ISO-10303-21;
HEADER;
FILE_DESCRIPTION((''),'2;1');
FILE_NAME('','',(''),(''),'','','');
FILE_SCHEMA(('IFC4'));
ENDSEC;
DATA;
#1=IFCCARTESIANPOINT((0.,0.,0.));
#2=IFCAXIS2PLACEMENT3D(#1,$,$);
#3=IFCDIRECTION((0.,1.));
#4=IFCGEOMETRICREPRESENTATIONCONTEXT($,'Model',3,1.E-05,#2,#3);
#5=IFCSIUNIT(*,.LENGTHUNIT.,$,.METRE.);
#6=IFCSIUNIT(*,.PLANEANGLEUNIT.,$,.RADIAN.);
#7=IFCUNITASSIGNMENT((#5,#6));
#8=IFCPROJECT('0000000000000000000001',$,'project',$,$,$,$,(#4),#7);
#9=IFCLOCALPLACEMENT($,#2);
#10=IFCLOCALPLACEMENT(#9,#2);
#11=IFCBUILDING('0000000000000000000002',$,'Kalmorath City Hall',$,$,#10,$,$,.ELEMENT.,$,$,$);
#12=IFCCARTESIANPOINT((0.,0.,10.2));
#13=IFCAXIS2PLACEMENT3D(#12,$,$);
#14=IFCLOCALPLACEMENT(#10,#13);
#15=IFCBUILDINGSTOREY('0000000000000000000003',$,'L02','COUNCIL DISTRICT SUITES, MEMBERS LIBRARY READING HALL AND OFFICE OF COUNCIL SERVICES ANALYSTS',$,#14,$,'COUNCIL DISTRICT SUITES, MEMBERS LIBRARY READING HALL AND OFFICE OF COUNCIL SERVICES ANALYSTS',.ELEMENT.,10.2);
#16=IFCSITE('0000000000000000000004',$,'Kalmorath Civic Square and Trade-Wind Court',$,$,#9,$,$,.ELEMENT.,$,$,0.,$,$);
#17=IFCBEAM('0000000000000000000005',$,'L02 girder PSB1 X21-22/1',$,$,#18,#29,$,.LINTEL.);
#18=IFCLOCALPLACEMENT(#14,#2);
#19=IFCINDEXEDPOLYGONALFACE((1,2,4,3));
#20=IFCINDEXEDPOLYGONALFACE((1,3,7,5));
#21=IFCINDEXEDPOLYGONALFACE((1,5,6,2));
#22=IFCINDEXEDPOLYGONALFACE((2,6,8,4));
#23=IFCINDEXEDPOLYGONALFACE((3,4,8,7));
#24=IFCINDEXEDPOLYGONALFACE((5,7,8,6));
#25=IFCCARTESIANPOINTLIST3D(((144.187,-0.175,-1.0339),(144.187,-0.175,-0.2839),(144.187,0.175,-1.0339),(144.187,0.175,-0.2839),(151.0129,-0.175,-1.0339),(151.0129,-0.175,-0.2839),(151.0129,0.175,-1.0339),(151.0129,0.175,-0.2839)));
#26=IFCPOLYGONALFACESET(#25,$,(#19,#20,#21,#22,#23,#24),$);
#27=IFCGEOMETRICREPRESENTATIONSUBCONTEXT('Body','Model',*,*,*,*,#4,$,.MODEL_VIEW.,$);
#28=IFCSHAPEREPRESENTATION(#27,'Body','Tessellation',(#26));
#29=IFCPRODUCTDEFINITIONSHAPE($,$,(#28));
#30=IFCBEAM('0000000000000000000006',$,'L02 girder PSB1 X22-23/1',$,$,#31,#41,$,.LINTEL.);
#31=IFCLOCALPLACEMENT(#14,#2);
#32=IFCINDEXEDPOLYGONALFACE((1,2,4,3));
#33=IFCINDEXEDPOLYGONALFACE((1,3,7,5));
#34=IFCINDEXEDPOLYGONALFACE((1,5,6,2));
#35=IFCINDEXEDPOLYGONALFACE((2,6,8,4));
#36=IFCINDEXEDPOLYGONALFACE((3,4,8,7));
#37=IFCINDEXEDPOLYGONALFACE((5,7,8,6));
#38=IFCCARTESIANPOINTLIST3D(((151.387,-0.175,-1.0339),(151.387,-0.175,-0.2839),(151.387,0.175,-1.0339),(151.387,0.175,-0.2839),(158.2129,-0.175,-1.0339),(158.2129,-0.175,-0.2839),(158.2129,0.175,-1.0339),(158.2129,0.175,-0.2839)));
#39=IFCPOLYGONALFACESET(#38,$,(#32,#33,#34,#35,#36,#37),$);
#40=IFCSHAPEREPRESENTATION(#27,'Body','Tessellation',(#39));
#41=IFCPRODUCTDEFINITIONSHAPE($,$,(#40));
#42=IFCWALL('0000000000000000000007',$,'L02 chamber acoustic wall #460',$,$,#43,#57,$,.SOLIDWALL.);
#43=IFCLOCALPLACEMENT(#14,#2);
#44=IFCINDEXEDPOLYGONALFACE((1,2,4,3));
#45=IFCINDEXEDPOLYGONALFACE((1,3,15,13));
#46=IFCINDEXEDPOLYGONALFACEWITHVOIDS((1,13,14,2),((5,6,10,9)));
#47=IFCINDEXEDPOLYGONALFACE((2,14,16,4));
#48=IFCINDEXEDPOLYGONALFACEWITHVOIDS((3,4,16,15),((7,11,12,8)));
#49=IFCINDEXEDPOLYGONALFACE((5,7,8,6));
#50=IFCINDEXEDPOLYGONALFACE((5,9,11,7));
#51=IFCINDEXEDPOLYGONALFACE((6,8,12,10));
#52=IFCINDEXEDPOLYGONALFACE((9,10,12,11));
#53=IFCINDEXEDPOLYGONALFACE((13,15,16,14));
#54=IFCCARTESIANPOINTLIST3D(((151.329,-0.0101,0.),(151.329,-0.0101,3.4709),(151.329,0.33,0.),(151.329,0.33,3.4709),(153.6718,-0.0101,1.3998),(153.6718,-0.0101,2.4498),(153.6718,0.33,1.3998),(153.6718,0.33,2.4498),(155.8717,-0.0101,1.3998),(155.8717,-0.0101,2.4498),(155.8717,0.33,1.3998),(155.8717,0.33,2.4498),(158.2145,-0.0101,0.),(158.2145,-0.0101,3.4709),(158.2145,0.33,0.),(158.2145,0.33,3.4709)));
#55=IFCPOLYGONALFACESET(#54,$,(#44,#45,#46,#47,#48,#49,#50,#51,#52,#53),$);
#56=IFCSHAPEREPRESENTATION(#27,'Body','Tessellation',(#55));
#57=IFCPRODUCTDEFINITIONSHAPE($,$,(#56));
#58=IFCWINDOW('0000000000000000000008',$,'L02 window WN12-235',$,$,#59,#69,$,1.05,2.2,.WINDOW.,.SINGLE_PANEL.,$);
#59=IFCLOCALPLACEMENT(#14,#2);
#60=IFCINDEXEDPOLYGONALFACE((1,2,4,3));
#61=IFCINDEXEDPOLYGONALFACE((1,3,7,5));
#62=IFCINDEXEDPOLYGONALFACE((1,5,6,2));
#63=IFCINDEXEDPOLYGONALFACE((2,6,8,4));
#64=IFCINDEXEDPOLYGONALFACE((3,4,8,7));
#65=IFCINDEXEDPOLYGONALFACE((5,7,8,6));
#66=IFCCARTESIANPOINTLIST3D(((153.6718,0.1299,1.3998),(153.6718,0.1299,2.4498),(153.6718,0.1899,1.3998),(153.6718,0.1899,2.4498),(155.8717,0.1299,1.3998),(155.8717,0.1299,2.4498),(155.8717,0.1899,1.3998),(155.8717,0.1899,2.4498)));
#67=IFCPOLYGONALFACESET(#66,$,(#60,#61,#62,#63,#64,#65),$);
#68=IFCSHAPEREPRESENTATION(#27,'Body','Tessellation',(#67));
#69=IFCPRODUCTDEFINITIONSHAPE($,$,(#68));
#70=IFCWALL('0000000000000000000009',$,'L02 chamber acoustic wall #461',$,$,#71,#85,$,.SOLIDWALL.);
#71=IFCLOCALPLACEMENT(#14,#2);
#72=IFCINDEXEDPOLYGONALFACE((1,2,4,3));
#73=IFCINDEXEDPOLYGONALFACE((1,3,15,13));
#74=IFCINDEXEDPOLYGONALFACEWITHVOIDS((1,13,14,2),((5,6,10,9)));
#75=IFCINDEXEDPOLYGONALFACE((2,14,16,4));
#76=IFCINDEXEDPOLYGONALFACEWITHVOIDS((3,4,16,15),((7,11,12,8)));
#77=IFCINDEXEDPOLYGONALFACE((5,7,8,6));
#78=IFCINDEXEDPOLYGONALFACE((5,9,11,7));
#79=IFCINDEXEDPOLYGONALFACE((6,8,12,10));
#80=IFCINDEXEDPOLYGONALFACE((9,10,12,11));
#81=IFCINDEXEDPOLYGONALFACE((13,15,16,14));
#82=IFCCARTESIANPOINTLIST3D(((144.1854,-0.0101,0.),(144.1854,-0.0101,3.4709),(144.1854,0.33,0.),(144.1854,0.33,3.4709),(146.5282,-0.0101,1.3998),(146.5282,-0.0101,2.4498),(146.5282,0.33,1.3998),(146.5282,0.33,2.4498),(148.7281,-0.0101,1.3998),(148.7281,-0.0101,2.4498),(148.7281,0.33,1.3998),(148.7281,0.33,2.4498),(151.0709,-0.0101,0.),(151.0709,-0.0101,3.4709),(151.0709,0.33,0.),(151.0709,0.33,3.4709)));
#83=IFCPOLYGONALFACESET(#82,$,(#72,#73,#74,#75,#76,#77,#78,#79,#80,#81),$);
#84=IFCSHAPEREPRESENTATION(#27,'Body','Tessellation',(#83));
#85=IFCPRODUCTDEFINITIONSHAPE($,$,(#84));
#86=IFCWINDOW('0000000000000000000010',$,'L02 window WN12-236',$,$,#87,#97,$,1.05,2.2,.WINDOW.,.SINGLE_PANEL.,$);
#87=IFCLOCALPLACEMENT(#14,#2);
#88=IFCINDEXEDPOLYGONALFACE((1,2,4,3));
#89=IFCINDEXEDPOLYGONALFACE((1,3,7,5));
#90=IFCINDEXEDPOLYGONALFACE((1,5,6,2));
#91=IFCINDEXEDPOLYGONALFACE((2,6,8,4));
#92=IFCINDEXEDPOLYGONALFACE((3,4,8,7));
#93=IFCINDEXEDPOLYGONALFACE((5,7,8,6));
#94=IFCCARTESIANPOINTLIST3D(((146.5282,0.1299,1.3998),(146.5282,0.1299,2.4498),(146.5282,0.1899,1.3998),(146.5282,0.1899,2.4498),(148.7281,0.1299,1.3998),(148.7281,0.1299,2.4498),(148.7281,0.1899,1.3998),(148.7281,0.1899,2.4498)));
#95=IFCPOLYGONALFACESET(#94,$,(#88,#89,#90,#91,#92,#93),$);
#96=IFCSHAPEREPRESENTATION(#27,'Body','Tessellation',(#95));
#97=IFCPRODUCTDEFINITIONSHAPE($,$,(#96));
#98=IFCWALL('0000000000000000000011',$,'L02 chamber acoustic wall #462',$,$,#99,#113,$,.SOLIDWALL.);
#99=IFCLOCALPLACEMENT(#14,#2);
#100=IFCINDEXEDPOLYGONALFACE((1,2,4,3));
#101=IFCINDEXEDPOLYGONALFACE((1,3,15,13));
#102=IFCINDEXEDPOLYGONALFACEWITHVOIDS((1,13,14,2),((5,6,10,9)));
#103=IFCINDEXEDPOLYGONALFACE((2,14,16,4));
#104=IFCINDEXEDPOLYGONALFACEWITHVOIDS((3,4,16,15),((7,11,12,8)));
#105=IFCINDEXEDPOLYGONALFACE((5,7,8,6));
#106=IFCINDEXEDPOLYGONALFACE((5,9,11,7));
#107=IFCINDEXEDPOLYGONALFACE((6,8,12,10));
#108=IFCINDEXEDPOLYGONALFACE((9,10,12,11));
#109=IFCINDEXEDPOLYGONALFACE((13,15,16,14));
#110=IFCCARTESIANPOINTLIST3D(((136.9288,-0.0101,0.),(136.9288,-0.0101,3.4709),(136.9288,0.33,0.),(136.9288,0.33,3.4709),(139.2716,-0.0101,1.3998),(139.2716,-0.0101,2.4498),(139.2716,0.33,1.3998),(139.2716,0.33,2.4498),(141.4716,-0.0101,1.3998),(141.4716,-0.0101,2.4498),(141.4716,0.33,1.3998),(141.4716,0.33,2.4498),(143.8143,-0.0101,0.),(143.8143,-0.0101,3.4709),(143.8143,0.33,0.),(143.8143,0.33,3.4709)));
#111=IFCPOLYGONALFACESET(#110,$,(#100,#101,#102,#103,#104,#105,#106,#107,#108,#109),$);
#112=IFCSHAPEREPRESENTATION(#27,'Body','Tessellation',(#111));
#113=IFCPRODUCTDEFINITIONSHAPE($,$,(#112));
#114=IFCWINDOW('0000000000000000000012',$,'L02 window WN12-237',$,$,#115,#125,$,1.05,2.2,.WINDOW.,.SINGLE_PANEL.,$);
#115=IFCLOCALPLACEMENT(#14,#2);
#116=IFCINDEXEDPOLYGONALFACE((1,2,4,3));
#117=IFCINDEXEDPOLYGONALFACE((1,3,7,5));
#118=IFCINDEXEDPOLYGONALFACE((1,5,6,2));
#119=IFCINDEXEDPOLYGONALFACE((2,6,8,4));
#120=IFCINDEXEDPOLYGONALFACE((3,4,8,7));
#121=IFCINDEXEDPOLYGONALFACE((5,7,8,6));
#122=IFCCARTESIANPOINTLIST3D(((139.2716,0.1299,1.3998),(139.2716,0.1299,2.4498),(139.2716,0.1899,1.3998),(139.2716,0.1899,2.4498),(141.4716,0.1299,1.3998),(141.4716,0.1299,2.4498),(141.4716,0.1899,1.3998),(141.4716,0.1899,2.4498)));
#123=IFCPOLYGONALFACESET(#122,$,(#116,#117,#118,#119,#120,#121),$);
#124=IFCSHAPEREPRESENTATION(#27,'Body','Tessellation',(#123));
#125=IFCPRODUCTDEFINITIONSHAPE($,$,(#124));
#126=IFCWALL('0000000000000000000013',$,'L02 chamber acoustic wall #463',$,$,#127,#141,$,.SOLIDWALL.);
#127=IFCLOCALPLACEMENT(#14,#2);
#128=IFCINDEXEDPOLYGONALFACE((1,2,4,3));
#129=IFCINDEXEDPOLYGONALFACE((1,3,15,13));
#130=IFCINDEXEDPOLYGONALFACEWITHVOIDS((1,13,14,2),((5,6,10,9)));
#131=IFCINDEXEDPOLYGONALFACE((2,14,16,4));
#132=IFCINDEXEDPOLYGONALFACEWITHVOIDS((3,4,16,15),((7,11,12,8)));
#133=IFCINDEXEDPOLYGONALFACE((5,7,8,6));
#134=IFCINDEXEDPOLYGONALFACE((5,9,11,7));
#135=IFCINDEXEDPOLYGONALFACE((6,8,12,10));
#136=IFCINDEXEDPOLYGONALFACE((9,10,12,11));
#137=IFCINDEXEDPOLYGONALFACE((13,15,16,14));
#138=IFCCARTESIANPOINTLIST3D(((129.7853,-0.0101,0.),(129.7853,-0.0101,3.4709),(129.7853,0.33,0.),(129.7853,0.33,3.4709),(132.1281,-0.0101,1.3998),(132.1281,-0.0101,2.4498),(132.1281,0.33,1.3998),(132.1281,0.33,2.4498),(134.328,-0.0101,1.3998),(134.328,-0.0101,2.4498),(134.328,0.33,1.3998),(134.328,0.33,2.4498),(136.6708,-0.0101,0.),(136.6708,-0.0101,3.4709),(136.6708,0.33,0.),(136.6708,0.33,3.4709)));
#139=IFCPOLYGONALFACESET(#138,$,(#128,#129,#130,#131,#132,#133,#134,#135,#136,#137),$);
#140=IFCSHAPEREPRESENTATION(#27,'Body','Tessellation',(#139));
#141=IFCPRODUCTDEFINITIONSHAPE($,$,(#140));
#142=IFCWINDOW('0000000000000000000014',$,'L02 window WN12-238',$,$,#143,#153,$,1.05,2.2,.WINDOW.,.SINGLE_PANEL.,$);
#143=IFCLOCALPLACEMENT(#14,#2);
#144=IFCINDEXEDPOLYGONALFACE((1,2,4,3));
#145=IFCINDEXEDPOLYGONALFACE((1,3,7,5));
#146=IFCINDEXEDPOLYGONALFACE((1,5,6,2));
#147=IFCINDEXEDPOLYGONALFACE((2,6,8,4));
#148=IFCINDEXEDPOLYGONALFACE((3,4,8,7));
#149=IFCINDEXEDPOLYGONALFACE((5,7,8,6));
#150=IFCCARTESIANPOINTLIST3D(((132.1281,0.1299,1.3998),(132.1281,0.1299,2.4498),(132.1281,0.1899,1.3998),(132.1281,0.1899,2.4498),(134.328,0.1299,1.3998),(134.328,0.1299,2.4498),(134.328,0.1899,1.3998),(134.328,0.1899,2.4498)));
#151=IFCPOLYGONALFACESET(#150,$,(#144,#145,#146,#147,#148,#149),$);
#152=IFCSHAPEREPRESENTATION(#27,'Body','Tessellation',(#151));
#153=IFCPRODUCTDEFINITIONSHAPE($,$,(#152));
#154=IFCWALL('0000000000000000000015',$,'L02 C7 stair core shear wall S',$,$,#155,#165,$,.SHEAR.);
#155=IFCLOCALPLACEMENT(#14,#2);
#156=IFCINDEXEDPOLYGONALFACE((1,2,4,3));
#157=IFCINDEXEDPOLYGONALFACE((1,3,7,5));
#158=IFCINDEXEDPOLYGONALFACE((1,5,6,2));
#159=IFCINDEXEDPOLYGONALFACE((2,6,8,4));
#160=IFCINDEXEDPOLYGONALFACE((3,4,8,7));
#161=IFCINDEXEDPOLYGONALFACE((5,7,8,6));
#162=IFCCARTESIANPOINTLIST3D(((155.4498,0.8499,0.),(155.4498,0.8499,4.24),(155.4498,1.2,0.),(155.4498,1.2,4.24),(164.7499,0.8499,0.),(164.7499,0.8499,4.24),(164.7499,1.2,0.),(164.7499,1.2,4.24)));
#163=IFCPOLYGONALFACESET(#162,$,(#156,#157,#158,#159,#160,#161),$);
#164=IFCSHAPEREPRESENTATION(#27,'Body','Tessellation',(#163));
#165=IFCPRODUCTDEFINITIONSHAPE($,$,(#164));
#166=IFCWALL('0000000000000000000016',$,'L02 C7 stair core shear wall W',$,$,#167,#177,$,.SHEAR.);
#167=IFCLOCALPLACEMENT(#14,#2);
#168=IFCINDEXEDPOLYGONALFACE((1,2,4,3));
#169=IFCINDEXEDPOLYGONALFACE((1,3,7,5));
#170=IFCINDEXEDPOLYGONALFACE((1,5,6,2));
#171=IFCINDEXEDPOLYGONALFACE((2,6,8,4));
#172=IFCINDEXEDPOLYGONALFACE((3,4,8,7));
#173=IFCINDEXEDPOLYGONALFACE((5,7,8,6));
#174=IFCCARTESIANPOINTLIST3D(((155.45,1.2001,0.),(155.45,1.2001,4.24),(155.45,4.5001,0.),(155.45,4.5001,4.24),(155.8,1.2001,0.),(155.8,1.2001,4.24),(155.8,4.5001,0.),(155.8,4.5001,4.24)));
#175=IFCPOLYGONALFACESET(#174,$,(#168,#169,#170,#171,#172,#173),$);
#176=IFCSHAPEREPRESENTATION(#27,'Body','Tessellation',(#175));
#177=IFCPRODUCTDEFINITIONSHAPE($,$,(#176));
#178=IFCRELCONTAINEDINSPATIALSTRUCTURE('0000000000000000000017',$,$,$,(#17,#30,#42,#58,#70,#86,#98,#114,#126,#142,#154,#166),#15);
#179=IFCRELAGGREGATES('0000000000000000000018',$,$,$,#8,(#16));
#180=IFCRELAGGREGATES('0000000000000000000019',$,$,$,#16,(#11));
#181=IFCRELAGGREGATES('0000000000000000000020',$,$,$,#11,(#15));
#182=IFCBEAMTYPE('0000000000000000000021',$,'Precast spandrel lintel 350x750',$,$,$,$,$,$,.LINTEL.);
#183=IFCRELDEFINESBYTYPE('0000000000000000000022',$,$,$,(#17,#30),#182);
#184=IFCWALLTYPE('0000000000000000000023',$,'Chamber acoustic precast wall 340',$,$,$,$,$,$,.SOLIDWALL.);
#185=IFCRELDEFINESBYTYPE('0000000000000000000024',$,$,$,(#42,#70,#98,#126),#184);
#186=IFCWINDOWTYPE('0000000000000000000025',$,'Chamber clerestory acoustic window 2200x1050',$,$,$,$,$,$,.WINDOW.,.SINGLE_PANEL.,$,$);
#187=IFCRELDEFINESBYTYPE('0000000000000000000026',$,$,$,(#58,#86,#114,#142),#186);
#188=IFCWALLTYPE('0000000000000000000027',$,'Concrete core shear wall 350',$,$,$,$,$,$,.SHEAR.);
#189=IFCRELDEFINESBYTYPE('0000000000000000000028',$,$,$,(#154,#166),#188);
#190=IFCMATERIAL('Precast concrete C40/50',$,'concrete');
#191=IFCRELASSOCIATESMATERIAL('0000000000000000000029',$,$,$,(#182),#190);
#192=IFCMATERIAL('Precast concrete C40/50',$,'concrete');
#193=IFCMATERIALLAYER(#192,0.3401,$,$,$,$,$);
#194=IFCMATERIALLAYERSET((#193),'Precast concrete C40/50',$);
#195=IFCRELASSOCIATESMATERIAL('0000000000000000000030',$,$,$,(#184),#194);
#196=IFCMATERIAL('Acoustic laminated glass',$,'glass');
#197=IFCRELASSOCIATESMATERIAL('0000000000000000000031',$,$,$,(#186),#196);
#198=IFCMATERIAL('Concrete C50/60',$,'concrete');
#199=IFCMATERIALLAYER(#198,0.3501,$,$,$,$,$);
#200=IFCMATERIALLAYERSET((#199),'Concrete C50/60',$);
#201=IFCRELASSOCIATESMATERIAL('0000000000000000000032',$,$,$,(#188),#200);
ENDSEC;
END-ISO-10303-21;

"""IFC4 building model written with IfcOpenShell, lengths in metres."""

from ifc_helpers import new_model, si_unit, direction, frame, frame_2d, origin, origin_2d, place, context, subcontext, project, spatial, rectangle, extrude, material, layer, layer_set, material_profile, profile_set, type_object, element, fill, save


model = new_model("IFC4")

# Units and contexts
model_context = context("Model", 3, precision=1e-05, world=origin(), true_north=direction((0.0, 1.0)))
body_context = subcontext(model_context, "Body", "Model", "MODEL_VIEW")
ifc_project = project(units=[si_unit("LENGTHUNIT", "METRE"), si_unit("PLANEANGLEUNIT", "RADIAN")], contexts=[model_context])

# Site, building, storey
site_placement = place(None, origin())
site = spatial("IfcSite", under=ifc_project, at=site_placement, Name="Kalmorath Civic Square and Trade-Wind Court", CompositionType="ELEMENT", RefElevation=0.0)
building_placement = place(site_placement, origin())
building = spatial("IfcBuilding", under=site, at=building_placement, Name="Kalmorath City Hall", CompositionType="ELEMENT")
storey_placement = place(building_placement, frame((0.0, 0.0, 10.2)))
storey = spatial("IfcBuildingStorey", under=building, at=storey_placement, Name="L02", Description="COUNCIL DISTRICT SUITES, MEMBERS LIBRARY READING HALL AND OFFICE OF COUNCIL SERVICES ANALYSTS", LongName="COUNCIL DISTRICT SUITES, MEMBERS LIBRARY READING HALL AND OFFICE OF COUNCIL SERVICES ANALYSTS", CompositionType="ELEMENT", Elevation=10.2)

# Beams
ifc_material_1 = material(Name="Precast concrete C40/50", Category="concrete")
ifc_material_profile_1 = material_profile(ifc_material_1, rectangle(XDim=0.3501, YDim=0.75, at=origin_2d()), Name="PC-SP-350X750")
ifc_profile_set_1 = profile_set([ifc_material_profile_1], Name="Precast concrete C40/50")
beam_type_1 = type_object("IfcBeamType", Name="Precast spandrel lintel 350x750", PredefinedType="LINTEL", material=ifc_profile_set_1)
for number, where, z_axis, x_axis, name in (
    (1, (144.187, 0.0, -0.6589), (1.0, 0.0, 0.0), (0.0, 1.0, 0.0), "L02 girder PSB1 X21-22/1"),
    (2, (151.387, 0.0, -0.6589), (1.0, 0.0, 0.0), (0.0, 1.0, 0.0), "L02 girder PSB1 X22-23/1"),
):
    element("IfcBeam", number, at=place(storey_placement, frame(where, z_axis=z_axis, x_axis=x_axis)), inside=storey, type_object=beam_type_1, Name=name, PredefinedType="LINTEL", context=body_context, shape_type="SweptSolid", body=[
        extrude(rectangle(XDim=0.3501, YDim=0.75, at=origin_2d()), origin(), (0.0, 0.0, 1.0), 6.8259),
    ])

# Walls, openings, windows
ifc_material_2 = material(Name="Precast concrete C40/50", Category="concrete")
ifc_layer_1 = layer(ifc_material_2, 0.3401)
ifc_layer_set_1 = layer_set([ifc_layer_1], Name="Precast concrete C40/50")
wall_type_1 = type_object("IfcWallType", Name="Chamber acoustic precast wall 340", PredefinedType="SOLIDWALL", material=ifc_layer_set_1)
wall_1_placement = place(storey_placement, frame((158.2146, 0.1599, 0.0), z_axis=(0.0, 0.0, 1.0), x_axis=(-1.0, 0.0, 0.0)))
wall_1 = element("IfcWall", 3, at=wall_1_placement, inside=storey, type_object=wall_type_1, Name="L02 chamber acoustic wall #460", PredefinedType="SOLIDWALL", context=body_context, shape_type="SweptSolid", body=[
    extrude(rectangle(XDim=6.8855, YDim=0.3401, at=frame_2d((3.4429, 0.0))), origin(), (0.0, 0.0, 1.0), 3.4709),
])
opening_1_placement = place(wall_1_placement, frame((2.3428, 0.0, 1.3999)))
opening_1 = element("IfcOpeningElement", 4, at=opening_1_placement, cuts=wall_1, PredefinedType="OPENING", context=body_context, shape_type="SweptSolid", body=[
    extrude(rectangle(XDim=2.2, YDim=1.05, at=frame_2d((1.1001, 0.5249))), frame((0.0, 0.1799, 0.0), z_axis=(0.0, -1.0, 0.0), x_axis=(1.0, 0.0, 0.0)), (0.0, 0.0, 1.0), 0.3601),
])
ifc_material_3 = material(Name="Acoustic laminated glass", Category="glass")
window_type = type_object("IfcWindowType", Name="Chamber clerestory acoustic window 2200x1050", PartitioningType="SINGLE_PANEL", PredefinedType="WINDOW", material=ifc_material_3)
window_1_placement = place(opening_1_placement, origin())
window_1 = element("IfcWindow", 5, at=window_1_placement, inside=storey, type_object=window_type, Name="L02 window WN12-235", OverallHeight=1.05, OverallWidth=2.2, PartitioningType="SINGLE_PANEL", PredefinedType="WINDOW", context=body_context, shape_type="SweptSolid", body=[
    extrude(rectangle(XDim=2.2, YDim=1.05, at=frame_2d((1.1001, 0.5249))), frame((0.0, 0.03, 0.0), z_axis=(0.0, -1.0, 0.0), x_axis=(1.0, 0.0, 0.0)), (0.0, 0.0, 1.0), 0.0601),
])
fill(opening_1, window_1)
wall_2_placement = place(storey_placement, frame((151.071, 0.1599, 0.0), z_axis=(0.0, 0.0, 1.0), x_axis=(-1.0, 0.0, 0.0)))
wall_2 = element("IfcWall", 6, at=wall_2_placement, inside=storey, type_object=wall_type_1, Name="L02 chamber acoustic wall #461", PredefinedType="SOLIDWALL", context=body_context, shape_type="SweptSolid", body=[
    extrude(rectangle(XDim=6.8855, YDim=0.3401, at=frame_2d((3.4429, 0.0))), origin(), (0.0, 0.0, 1.0), 3.4709),
])
opening_2_placement = place(wall_2_placement, frame((2.3428, 0.0, 1.3999)))
opening_2 = element("IfcOpeningElement", 7, at=opening_2_placement, cuts=wall_2, PredefinedType="OPENING", context=body_context, shape_type="SweptSolid", body=[
    extrude(rectangle(XDim=2.2, YDim=1.05, at=frame_2d((1.1001, 0.5249))), frame((0.0, 0.1799, 0.0), z_axis=(0.0, -1.0, 0.0), x_axis=(1.0, 0.0, 0.0)), (0.0, 0.0, 1.0), 0.3601),
])
window_2_placement = place(opening_2_placement, origin())
window_2 = element("IfcWindow", 8, at=window_2_placement, inside=storey, type_object=window_type, Name="L02 window WN12-236", OverallHeight=1.05, OverallWidth=2.2, PartitioningType="SINGLE_PANEL", PredefinedType="WINDOW", context=body_context, shape_type="SweptSolid", body=[
    extrude(rectangle(XDim=2.2, YDim=1.05, at=frame_2d((1.1001, 0.5249))), frame((0.0, 0.03, 0.0), z_axis=(0.0, -1.0, 0.0), x_axis=(1.0, 0.0, 0.0)), (0.0, 0.0, 1.0), 0.0601),
])
fill(opening_2, window_2)
wall_3_placement = place(storey_placement, frame((143.8145, 0.1599, 0.0), z_axis=(0.0, 0.0, 1.0), x_axis=(-1.0, 0.0, 0.0)))
wall_3 = element("IfcWall", 9, at=wall_3_placement, inside=storey, type_object=wall_type_1, Name="L02 chamber acoustic wall #462", PredefinedType="SOLIDWALL", context=body_context, shape_type="SweptSolid", body=[
    extrude(rectangle(XDim=6.8855, YDim=0.3401, at=frame_2d((3.4429, 0.0))), origin(), (0.0, 0.0, 1.0), 3.4709),
])
opening_3_placement = place(wall_3_placement, frame((2.3428, 0.0, 1.3999)))
opening_3 = element("IfcOpeningElement", 10, at=opening_3_placement, cuts=wall_3, PredefinedType="OPENING", context=body_context, shape_type="SweptSolid", body=[
    extrude(rectangle(XDim=2.2, YDim=1.05, at=frame_2d((1.1001, 0.5249))), frame((0.0, 0.1799, 0.0), z_axis=(0.0, -1.0, 0.0), x_axis=(1.0, 0.0, 0.0)), (0.0, 0.0, 1.0), 0.3601),
])
window_3_placement = place(opening_3_placement, origin())
window_3 = element("IfcWindow", 11, at=window_3_placement, inside=storey, type_object=window_type, Name="L02 window WN12-237", OverallHeight=1.05, OverallWidth=2.2, PartitioningType="SINGLE_PANEL", PredefinedType="WINDOW", context=body_context, shape_type="SweptSolid", body=[
    extrude(rectangle(XDim=2.2, YDim=1.05, at=frame_2d((1.1001, 0.5249))), frame((0.0, 0.03, 0.0), z_axis=(0.0, -1.0, 0.0), x_axis=(1.0, 0.0, 0.0)), (0.0, 0.0, 1.0), 0.0601),
])
fill(opening_3, window_3)
wall_4_placement = place(storey_placement, frame((136.6709, 0.1599, 0.0), z_axis=(0.0, 0.0, 1.0), x_axis=(-1.0, 0.0, 0.0)))
wall_4 = element("IfcWall", 12, at=wall_4_placement, inside=storey, type_object=wall_type_1, Name="L02 chamber acoustic wall #463", PredefinedType="SOLIDWALL", context=body_context, shape_type="SweptSolid", body=[
    extrude(rectangle(XDim=6.8855, YDim=0.3401, at=frame_2d((3.4429, 0.0))), origin(), (0.0, 0.0, 1.0), 3.4709),
])
opening_4_placement = place(wall_4_placement, frame((2.3428, 0.0, 1.3999)))
opening_4 = element("IfcOpeningElement", 13, at=opening_4_placement, cuts=wall_4, PredefinedType="OPENING", context=body_context, shape_type="SweptSolid", body=[
    extrude(rectangle(XDim=2.2, YDim=1.05, at=frame_2d((1.1001, 0.5249))), frame((0.0, 0.1799, 0.0), z_axis=(0.0, -1.0, 0.0), x_axis=(1.0, 0.0, 0.0)), (0.0, 0.0, 1.0), 0.3601),
])
window_4_placement = place(opening_4_placement, origin())
window_4 = element("IfcWindow", 14, at=window_4_placement, inside=storey, type_object=window_type, Name="L02 window WN12-238", OverallHeight=1.05, OverallWidth=2.2, PartitioningType="SINGLE_PANEL", PredefinedType="WINDOW", context=body_context, shape_type="SweptSolid", body=[
    extrude(rectangle(XDim=2.2, YDim=1.05, at=frame_2d((1.1001, 0.5249))), frame((0.0, 0.03, 0.0), z_axis=(0.0, -1.0, 0.0), x_axis=(1.0, 0.0, 0.0)), (0.0, 0.0, 1.0), 0.0601),
])
fill(opening_4, window_4)

# Walls
ifc_material_4 = material(Name="Concrete C50/60", Category="concrete")
ifc_layer_2 = layer(ifc_material_4, 0.3501)
ifc_layer_set_2 = layer_set([ifc_layer_2], Name="Concrete C50/60")
wall_type_2 = type_object("IfcWallType", Name="Concrete core shear wall 350", PredefinedType="SHEAR", material=ifc_layer_set_2)
wall_5_placement = place(storey_placement, frame((155.45, 1.0249, 0.0), z_axis=(0.0, 0.0, 1.0), x_axis=(1.0, 0.0, 0.0)))
element("IfcWall", 15, at=wall_5_placement, inside=storey, type_object=wall_type_2, Name="L02 C7 stair core shear wall S", PredefinedType="SHEAR", context=body_context, shape_type="SweptSolid", body=[
    extrude(rectangle(XDim=9.3, YDim=0.3501, at=frame_2d((4.6499, 0.0))), origin(), (0.0, 0.0, 1.0), 4.24),
])
wall_6_placement = place(storey_placement, frame((155.625, 4.5, 0.0), z_axis=(0.0, 0.0, 1.0), x_axis=(0.0, -1.0, 0.0)))
element("IfcWall", 16, at=wall_6_placement, inside=storey, type_object=wall_type_2, Name="L02 C7 stair core shear wall W", PredefinedType="SHEAR", context=body_context, shape_type="SweptSolid", body=[
    extrude(rectangle(XDim=3.3, YDim=0.3501, at=frame_2d((1.6499, 0.0))), origin(), (0.0, 0.0, 1.0), 4.24),
])

save(model, "model.ifc")
